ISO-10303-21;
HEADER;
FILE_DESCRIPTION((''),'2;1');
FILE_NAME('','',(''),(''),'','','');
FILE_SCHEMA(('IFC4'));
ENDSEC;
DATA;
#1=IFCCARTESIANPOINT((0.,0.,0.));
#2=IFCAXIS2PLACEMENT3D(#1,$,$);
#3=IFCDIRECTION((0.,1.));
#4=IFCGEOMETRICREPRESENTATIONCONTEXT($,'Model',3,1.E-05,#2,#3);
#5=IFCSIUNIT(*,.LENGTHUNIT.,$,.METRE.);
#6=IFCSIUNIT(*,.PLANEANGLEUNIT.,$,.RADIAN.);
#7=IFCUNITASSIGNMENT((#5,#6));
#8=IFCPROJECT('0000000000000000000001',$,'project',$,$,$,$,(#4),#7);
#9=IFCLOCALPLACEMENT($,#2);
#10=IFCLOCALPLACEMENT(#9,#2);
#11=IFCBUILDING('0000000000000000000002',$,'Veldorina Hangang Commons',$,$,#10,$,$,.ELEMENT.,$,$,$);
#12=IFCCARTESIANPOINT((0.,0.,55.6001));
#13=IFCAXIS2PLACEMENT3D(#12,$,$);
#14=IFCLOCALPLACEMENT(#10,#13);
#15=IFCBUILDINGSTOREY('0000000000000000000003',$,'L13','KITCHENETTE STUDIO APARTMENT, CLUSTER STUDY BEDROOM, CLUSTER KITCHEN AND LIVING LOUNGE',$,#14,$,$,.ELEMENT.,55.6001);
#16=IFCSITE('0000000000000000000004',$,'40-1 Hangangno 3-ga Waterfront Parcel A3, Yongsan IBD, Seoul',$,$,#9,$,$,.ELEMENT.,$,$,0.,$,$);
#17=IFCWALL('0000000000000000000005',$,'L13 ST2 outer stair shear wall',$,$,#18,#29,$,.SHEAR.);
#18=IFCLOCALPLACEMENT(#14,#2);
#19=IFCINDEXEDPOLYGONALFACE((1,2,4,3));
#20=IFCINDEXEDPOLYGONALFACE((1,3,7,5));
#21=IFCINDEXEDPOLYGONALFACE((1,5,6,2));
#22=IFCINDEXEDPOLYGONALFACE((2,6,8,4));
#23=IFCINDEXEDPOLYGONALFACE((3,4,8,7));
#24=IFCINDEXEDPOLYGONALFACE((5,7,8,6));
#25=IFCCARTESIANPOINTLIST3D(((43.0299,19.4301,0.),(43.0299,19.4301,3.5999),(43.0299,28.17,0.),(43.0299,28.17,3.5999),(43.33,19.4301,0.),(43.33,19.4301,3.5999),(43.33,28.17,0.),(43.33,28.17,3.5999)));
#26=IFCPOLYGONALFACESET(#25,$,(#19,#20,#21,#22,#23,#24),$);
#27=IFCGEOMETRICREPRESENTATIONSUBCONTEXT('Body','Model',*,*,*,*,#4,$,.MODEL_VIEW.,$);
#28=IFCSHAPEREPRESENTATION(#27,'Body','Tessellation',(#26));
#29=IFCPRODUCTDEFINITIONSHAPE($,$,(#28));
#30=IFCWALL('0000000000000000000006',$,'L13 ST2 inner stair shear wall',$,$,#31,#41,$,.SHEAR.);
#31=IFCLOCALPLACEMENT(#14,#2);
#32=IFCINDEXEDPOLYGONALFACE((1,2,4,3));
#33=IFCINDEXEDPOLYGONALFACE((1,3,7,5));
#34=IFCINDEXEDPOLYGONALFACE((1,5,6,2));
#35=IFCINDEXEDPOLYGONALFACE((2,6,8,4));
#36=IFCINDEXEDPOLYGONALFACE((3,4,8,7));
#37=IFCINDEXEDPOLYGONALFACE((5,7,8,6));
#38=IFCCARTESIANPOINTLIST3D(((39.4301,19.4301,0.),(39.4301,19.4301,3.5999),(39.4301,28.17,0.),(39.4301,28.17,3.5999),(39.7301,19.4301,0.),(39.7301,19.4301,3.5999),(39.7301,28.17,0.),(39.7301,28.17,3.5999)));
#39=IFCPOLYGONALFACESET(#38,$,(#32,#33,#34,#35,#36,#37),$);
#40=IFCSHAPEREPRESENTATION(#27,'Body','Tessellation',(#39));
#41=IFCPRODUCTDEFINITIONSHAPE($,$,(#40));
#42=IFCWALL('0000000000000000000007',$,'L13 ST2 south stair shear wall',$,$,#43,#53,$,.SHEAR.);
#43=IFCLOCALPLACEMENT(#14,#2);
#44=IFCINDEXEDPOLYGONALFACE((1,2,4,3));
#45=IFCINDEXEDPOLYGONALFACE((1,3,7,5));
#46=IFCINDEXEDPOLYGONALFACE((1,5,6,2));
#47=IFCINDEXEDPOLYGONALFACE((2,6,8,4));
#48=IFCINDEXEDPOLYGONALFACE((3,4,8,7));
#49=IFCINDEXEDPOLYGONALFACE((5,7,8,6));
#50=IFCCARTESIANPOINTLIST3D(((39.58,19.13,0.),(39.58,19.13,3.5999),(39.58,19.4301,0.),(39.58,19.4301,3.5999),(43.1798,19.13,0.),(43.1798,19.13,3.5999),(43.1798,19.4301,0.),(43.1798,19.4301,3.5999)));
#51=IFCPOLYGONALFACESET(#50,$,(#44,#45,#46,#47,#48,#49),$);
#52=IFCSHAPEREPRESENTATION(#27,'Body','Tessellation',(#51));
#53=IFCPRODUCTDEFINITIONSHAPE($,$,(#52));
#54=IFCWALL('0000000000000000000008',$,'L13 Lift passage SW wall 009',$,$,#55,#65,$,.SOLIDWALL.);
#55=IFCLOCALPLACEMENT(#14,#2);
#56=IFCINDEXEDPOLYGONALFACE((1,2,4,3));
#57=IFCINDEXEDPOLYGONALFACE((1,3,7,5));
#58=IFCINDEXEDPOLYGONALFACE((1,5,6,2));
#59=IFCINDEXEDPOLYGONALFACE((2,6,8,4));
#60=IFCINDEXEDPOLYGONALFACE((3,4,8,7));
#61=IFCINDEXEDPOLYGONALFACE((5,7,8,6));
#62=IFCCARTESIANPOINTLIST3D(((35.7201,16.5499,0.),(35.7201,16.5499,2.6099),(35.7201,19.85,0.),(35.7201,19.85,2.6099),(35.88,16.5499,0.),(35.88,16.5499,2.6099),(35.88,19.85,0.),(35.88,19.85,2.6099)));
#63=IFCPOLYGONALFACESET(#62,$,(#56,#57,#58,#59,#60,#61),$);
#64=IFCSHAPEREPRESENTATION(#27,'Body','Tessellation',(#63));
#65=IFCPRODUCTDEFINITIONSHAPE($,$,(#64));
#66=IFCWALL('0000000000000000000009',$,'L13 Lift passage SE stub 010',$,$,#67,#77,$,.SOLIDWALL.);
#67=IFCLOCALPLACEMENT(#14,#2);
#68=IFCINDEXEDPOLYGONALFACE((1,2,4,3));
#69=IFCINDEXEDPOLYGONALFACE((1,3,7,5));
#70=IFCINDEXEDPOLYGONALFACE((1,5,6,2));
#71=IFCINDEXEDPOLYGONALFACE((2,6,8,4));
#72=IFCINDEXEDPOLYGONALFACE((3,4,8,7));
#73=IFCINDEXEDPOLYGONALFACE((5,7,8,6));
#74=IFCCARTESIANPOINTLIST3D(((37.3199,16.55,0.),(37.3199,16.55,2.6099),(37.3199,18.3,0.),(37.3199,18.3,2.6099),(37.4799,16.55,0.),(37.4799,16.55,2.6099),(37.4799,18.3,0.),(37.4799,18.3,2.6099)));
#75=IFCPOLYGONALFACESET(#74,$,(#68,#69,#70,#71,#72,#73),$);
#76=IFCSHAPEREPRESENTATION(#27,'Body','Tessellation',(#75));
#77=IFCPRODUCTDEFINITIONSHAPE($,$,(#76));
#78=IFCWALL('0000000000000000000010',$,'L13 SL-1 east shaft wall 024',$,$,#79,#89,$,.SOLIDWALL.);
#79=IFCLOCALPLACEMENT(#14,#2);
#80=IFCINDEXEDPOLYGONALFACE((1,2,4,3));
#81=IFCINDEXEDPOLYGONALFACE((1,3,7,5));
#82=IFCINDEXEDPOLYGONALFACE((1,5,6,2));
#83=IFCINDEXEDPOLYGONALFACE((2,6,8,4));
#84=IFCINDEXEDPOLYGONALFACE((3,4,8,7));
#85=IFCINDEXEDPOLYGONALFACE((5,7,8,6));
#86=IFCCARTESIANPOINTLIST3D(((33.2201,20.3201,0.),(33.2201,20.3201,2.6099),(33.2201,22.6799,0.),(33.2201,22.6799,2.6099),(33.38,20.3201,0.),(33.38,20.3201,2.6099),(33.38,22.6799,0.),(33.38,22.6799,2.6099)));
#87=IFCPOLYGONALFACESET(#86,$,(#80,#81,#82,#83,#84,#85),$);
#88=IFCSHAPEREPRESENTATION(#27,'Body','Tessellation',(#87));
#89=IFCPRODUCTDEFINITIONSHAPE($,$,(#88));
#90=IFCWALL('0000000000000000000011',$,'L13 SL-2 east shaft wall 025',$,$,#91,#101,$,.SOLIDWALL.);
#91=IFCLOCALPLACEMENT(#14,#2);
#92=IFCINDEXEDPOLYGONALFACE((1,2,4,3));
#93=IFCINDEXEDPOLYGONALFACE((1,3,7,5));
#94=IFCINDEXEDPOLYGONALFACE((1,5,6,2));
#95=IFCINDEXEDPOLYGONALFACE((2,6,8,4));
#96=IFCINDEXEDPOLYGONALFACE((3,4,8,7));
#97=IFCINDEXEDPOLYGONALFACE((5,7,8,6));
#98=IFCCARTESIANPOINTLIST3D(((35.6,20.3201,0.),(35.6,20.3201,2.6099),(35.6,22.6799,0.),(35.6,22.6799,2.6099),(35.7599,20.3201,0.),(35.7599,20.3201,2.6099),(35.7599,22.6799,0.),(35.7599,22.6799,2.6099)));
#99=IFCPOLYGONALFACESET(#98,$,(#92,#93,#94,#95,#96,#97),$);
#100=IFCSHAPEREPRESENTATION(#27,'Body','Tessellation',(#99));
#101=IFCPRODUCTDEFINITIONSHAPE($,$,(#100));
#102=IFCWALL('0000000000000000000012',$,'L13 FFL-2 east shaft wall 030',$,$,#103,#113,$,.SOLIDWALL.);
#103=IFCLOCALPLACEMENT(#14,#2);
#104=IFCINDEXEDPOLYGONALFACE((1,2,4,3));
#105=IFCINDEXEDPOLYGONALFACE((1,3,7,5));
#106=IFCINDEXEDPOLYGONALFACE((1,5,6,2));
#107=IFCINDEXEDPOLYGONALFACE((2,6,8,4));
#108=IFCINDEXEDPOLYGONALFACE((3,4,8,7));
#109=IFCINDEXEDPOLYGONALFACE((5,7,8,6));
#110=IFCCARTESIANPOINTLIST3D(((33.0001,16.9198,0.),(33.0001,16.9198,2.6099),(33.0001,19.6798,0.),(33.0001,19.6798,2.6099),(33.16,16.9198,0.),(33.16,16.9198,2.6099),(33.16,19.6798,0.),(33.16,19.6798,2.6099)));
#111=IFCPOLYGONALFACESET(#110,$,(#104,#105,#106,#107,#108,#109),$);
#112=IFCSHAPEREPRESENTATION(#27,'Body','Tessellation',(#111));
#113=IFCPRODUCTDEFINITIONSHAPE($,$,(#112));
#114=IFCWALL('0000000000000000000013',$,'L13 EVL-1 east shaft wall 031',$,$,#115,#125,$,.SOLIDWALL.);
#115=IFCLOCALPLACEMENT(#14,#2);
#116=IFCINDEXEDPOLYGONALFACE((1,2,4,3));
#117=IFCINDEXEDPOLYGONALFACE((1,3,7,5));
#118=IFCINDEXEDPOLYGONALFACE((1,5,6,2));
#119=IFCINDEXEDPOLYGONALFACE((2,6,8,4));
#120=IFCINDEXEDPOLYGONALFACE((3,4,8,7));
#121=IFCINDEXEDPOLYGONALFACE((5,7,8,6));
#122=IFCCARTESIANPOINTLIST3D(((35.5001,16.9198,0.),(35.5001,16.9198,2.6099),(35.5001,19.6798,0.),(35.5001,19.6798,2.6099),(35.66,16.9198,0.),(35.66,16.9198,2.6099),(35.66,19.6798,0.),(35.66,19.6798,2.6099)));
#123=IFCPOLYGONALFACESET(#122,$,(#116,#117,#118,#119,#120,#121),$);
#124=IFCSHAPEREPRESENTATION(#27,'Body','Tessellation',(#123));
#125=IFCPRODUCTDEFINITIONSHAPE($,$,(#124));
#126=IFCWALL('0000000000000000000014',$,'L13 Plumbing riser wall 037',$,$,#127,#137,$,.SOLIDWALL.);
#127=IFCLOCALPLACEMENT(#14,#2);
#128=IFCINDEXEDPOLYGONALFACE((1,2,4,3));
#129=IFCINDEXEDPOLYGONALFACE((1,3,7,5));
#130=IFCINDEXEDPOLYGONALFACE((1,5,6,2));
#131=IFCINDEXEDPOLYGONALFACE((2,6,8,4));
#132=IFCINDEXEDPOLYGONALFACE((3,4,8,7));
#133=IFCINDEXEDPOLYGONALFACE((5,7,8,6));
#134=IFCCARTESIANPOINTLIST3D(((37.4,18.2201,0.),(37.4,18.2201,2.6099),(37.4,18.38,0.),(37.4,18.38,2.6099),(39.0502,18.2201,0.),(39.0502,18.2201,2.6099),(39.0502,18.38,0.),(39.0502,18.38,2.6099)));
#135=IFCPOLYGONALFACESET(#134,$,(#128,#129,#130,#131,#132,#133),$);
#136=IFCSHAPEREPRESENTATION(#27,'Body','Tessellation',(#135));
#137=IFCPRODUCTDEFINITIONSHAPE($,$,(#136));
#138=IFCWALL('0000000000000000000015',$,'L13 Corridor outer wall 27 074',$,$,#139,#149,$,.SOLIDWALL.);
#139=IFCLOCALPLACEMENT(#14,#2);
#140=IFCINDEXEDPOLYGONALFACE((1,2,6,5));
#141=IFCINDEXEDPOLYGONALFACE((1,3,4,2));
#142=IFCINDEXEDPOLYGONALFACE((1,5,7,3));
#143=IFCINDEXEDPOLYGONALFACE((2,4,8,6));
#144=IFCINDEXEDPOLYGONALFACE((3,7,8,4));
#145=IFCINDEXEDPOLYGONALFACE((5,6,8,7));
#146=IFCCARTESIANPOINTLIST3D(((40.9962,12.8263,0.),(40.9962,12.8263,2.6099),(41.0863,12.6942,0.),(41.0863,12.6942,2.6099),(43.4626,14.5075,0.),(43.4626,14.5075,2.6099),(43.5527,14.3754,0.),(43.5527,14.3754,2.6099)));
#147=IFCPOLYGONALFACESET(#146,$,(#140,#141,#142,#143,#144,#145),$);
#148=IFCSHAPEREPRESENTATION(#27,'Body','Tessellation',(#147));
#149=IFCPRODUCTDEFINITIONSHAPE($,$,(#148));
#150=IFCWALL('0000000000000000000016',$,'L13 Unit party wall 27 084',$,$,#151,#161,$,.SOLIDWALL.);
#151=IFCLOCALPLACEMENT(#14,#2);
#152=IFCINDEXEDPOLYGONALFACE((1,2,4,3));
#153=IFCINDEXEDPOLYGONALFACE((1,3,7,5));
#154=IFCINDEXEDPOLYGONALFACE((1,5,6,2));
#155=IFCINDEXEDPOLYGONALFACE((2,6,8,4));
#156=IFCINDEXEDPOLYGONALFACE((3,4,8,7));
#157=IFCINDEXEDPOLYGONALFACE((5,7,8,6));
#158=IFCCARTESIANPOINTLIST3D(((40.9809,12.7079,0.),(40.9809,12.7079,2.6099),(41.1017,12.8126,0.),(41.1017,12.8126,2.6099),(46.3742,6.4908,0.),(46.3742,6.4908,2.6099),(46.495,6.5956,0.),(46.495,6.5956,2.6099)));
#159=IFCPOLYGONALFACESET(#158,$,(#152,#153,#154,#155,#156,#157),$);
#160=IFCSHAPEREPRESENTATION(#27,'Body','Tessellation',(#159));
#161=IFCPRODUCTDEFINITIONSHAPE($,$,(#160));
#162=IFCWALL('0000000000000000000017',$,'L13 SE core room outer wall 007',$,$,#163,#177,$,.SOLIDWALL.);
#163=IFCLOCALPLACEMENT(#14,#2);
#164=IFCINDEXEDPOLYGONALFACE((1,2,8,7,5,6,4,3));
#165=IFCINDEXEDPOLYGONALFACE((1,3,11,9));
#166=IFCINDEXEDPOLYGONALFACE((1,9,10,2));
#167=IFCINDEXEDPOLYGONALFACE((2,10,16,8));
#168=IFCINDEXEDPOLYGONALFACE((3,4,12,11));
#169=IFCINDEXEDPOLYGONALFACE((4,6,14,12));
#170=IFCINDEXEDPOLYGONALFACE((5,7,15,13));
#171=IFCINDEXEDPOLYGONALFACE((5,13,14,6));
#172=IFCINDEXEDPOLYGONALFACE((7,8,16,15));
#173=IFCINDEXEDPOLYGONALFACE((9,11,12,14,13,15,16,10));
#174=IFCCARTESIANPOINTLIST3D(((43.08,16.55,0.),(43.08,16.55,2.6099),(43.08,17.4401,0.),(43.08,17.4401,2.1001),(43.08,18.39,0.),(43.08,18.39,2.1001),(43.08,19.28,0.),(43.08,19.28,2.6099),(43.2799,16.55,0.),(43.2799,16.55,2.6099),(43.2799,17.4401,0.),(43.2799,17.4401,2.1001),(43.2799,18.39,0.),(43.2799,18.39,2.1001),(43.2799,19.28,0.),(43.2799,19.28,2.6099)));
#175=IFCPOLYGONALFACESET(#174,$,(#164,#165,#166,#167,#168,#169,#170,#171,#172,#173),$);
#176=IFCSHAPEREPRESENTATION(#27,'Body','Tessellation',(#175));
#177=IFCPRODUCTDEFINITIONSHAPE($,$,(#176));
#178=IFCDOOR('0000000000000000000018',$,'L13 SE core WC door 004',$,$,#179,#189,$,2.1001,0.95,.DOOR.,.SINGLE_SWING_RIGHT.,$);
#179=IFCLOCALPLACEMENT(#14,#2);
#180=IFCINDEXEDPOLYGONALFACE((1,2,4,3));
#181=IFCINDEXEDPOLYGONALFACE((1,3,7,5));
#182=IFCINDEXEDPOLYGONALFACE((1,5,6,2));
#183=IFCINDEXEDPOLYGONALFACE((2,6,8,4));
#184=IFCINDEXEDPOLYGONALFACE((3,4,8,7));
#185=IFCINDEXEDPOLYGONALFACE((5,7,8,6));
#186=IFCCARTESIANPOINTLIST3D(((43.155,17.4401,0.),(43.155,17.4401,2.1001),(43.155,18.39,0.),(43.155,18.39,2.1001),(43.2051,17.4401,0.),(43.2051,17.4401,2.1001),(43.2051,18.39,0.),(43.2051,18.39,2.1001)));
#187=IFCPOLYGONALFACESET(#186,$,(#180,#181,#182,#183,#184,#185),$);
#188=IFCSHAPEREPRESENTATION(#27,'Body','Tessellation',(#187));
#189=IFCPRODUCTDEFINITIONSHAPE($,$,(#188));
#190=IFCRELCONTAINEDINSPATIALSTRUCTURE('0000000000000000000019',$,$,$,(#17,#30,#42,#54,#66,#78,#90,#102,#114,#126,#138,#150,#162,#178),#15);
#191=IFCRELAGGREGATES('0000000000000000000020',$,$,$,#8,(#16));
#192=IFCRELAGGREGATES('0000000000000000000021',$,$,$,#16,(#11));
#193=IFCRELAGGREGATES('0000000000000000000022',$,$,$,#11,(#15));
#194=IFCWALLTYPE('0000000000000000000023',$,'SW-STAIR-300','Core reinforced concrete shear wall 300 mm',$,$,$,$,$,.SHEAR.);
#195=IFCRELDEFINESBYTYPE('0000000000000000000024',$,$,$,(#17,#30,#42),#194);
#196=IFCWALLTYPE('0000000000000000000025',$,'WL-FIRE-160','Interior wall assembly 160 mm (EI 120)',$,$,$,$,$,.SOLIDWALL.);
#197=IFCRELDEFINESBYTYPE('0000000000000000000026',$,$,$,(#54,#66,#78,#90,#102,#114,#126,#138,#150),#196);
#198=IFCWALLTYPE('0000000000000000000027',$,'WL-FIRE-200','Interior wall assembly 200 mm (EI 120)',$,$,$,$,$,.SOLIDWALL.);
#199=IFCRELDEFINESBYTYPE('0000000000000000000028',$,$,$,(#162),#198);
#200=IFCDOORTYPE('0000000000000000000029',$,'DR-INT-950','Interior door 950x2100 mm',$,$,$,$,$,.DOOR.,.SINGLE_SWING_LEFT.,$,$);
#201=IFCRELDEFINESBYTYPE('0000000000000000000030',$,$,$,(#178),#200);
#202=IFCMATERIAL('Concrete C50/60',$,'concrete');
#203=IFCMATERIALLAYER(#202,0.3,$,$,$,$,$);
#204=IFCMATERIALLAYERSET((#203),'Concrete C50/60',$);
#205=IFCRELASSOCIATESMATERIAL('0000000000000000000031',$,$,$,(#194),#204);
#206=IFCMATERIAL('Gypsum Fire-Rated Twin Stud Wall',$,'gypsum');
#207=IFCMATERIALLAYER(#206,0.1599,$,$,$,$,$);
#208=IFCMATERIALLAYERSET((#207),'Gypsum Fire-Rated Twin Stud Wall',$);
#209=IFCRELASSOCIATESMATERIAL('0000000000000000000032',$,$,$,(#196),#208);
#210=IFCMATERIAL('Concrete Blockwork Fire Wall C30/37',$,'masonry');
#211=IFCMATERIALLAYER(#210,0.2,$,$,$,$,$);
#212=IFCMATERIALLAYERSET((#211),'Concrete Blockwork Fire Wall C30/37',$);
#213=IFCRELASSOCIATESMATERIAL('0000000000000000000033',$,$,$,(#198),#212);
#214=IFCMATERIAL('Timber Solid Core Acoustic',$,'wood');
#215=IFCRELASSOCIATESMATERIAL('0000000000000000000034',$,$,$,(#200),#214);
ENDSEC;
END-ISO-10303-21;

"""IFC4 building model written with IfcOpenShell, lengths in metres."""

from ifc_helpers import new_model, si_unit, direction, frame, frame_2d, origin, place, context, subcontext, project, spatial, rectangle, extrude, material, layer, layer_set, type_object, element, fill, save


model = new_model("IFC4")

# Units and contexts
model_context = context("Model", 3, precision=1e-05, world=origin(), true_north=direction((0.0, 1.0)))
body_context = subcontext(model_context, "Body", "Model", "MODEL_VIEW")
ifc_project = project(units=[si_unit("LENGTHUNIT", "METRE"), si_unit("PLANEANGLEUNIT", "RADIAN")], contexts=[model_context])

# Site, building, storey
site_placement = place(None, origin())
site = spatial("IfcSite", under=ifc_project, at=site_placement, Name="40-1 Hangangno 3-ga Waterfront Parcel A3, Yongsan IBD, Seoul", CompositionType="ELEMENT", RefElevation=0.0)
building_placement = place(site_placement, origin())
building = spatial("IfcBuilding", under=site, at=building_placement, Name="Veldorina Hangang Commons", CompositionType="ELEMENT")
storey_placement = place(building_placement, frame((0.0, 0.0, 55.6001)))
storey = spatial("IfcBuildingStorey", under=building, at=storey_placement, Name="L13", Description="KITCHENETTE STUDIO APARTMENT, CLUSTER STUDY BEDROOM, CLUSTER KITCHEN AND LIVING LOUNGE", CompositionType="ELEMENT", Elevation=55.6001)

# Walls
ifc_material_1 = material(Name="Concrete C50/60", Category="concrete")
ifc_layer_1 = layer(ifc_material_1, 0.3)
ifc_layer_set_1 = layer_set([ifc_layer_1], Name="Concrete C50/60")
wall_type_1 = type_object("IfcWallType", Name="SW-STAIR-300", Description="Core reinforced concrete shear wall 300 mm", PredefinedType="SHEAR", material=ifc_layer_set_1)
for number, where, z_axis, x_axis, name in (
    (1, (43.1799, 19.4299, 0.0), (0.0, 0.0, 1.0), (0.0, 1.0, 0.0), "L13 ST2 outer stair shear wall"),
    (2, (39.5801, 19.4299, 0.0), (0.0, 0.0, 1.0), (0.0, 1.0, 0.0), "L13 ST2 inner stair shear wall"),
):
    element("IfcWall", number, at=place(storey_placement, frame(where, z_axis=z_axis, x_axis=x_axis)), inside=storey, type_object=wall_type_1, Name=name, PredefinedType="SHEAR", context=body_context, shape_type="SweptSolid", body=[
        extrude(rectangle(XDim=8.74, YDim=0.3, at=frame_2d((4.3701, 0.0))), origin(), (0.0, 0.0, 1.0), 3.5999),
    ])
wall_1_placement = place(storey_placement, frame((39.5801, 19.28, 0.0), z_axis=(0.0, 0.0, 1.0), x_axis=(1.0, 0.0, 0.0)))
element("IfcWall", 3, at=wall_1_placement, inside=storey, type_object=wall_type_1, Name="L13 ST2 south stair shear wall", PredefinedType="SHEAR", context=body_context, shape_type="SweptSolid", body=[
    extrude(rectangle(XDim=3.5999, YDim=0.3, at=frame_2d((1.7998, 0.0))), origin(), (0.0, 0.0, 1.0), 3.5999),
])
ifc_material_2 = material(Name="Gypsum Fire-Rated Twin Stud Wall", Category="gypsum")
ifc_layer_2 = layer(ifc_material_2, 0.1599)
ifc_layer_set_2 = layer_set([ifc_layer_2], Name="Gypsum Fire-Rated Twin Stud Wall")
wall_type_2 = type_object("IfcWallType", Name="WL-FIRE-160", Description="Interior wall assembly 160 mm (EI 120)", PredefinedType="SOLIDWALL", material=ifc_layer_set_2)
wall_2_placement = place(storey_placement, frame((35.8, 16.55, 0.0), z_axis=(0.0, 0.0, 1.0), x_axis=(0.0, 1.0, 0.0)))
element("IfcWall", 4, at=wall_2_placement, inside=storey, type_object=wall_type_2, Name="L13 Lift passage SW wall 009", PredefinedType="SOLIDWALL", context=body_context, shape_type="SweptSolid", body=[
    extrude(rectangle(XDim=3.3, YDim=0.1599, at=frame_2d((1.6499, 0.0))), origin(), (0.0, 0.0, 1.0), 2.6099),
])
wall_3_placement = place(storey_placement, frame((37.3999, 16.55, 0.0), z_axis=(0.0, 0.0, 1.0), x_axis=(0.0, 1.0, 0.0)))
element("IfcWall", 5, at=wall_3_placement, inside=storey, type_object=wall_type_2, Name="L13 Lift passage SE stub 010", PredefinedType="SOLIDWALL", context=body_context, shape_type="SweptSolid", body=[
    extrude(rectangle(XDim=1.75, YDim=0.1599, at=frame_2d((0.875, 0.0))), origin(), (0.0, 0.0, 1.0), 2.6099),
])
for number, where, z_axis, x_axis, name in (
    (6, (33.3, 20.3201, 0.0), (0.0, 0.0, 1.0), (0.0, 1.0, 0.0), "L13 SL-1 east shaft wall 024"),
    (7, (35.6799, 20.3201, 0.0), (0.0, 0.0, 1.0), (0.0, 1.0, 0.0), "L13 SL-2 east shaft wall 025"),
):
    element("IfcWall", number, at=place(storey_placement, frame(where, z_axis=z_axis, x_axis=x_axis)), inside=storey, type_object=wall_type_2, Name=name, PredefinedType="SOLIDWALL", context=body_context, shape_type="SweptSolid", body=[
        extrude(rectangle(XDim=2.3599, YDim=0.1599, at=frame_2d((1.1799, 0.0))), origin(), (0.0, 0.0, 1.0), 2.6099),
    ])
for number, where, z_axis, x_axis, name in (
    (8, (33.0801, 16.9199, 0.0), (0.0, 0.0, 1.0), (0.0, 1.0, 0.0), "L13 FFL-2 east shaft wall 030"),
    (9, (35.5801, 16.9199, 0.0), (0.0, 0.0, 1.0), (0.0, 1.0, 0.0), "L13 EVL-1 east shaft wall 031"),
):
    element("IfcWall", number, at=place(storey_placement, frame(where, z_axis=z_axis, x_axis=x_axis)), inside=storey, type_object=wall_type_2, Name=name, PredefinedType="SOLIDWALL", context=body_context, shape_type="SweptSolid", body=[
        extrude(rectangle(XDim=2.76, YDim=0.1599, at=frame_2d((1.3799, 0.0))), origin(), (0.0, 0.0, 1.0), 2.6099),
    ])
wall_4_placement = place(storey_placement, frame((37.3999, 18.3, 0.0), z_axis=(0.0, 0.0, 1.0), x_axis=(1.0, 0.0, 0.0)))
element("IfcWall", 10, at=wall_4_placement, inside=storey, type_object=wall_type_2, Name="L13 Plumbing riser wall 037", PredefinedType="SOLIDWALL", context=body_context, shape_type="SweptSolid", body=[
    extrude(rectangle(XDim=1.6501, YDim=0.1599, at=frame_2d((0.8252, 0.0))), origin(), (0.0, 0.0, 1.0), 2.6099),
])
wall_5_placement = place(storey_placement, frame((41.0413, 12.7603, 0.0), z_axis=(0.0, 0.0, 1.0), x_axis=(0.826293, 0.56324, 0.0)))
element("IfcWall", 11, at=wall_5_placement, inside=storey, type_object=wall_type_2, Name="L13 Corridor outer wall 27 074", PredefinedType="SOLIDWALL", context=body_context, shape_type="SweptSolid", body=[
    extrude(rectangle(XDim=2.9849, YDim=0.1599, at=frame_2d((1.4924, 0.0))), origin(), (0.0, 0.0, 1.0), 2.6099),
])
wall_6_placement = place(storey_placement, frame((41.0413, 12.7603, 0.0), z_axis=(0.0, 0.0, 1.0), x_axis=(0.655292, -0.755376, 0.0)))
element("IfcWall", 12, at=wall_6_placement, inside=storey, type_object=wall_type_2, Name="L13 Unit party wall 27 084", PredefinedType="SOLIDWALL", context=body_context, shape_type="SweptSolid", body=[
    extrude(rectangle(XDim=8.2305, YDim=0.1599, at=frame_2d((4.1152, 0.0))), origin(), (0.0, 0.0, 1.0), 2.6099),
])

# Wall, opening, door
ifc_material_3 = material(Name="Concrete Blockwork Fire Wall C30/37", Category="masonry")
ifc_layer_3 = layer(ifc_material_3, 0.2)
ifc_layer_set_3 = layer_set([ifc_layer_3], Name="Concrete Blockwork Fire Wall C30/37")
wall_type_3 = type_object("IfcWallType", Name="WL-FIRE-200", Description="Interior wall assembly 200 mm (EI 120)", PredefinedType="SOLIDWALL", material=ifc_layer_set_3)
wall_7_placement = place(storey_placement, frame((43.1799, 16.55, 0.0), z_axis=(0.0, 0.0, 1.0), x_axis=(0.0, 1.0, 0.0)))
wall_7 = element("IfcWall", 13, at=wall_7_placement, inside=storey, type_object=wall_type_3, Name="L13 SE core room outer wall 007", PredefinedType="SOLIDWALL", context=body_context, shape_type="SweptSolid", body=[
    extrude(rectangle(XDim=2.73, YDim=0.2, at=frame_2d((1.365, 0.0))), origin(), (0.0, 0.0, 1.0), 2.6099),
])
opening_1_placement = place(wall_7_placement, frame((0.8899, 0.0, 0.0)))
opening_1 = element("IfcOpeningElement", 14, at=opening_1_placement, cuts=wall_7, PredefinedType="OPENING", context=body_context, shape_type="SweptSolid", body=[
    extrude(rectangle(XDim=0.95, YDim=2.1001, at=frame_2d((0.4751, 1.05))), frame((0.0, 0.1099, 0.0), z_axis=(0.0, -1.0, 0.0), x_axis=(1.0, 0.0, 0.0)), (0.0, 0.0, 1.0), 0.22),
])
ifc_material_4 = material(Name="Timber Solid Core Acoustic", Category="wood")
door_type_1 = type_object("IfcDoorType", Name="DR-INT-950", Description="Interior door 950x2100 mm", OperationType="SINGLE_SWING_LEFT", PredefinedType="DOOR", material=ifc_material_4)
door_1_placement = place(opening_1_placement, origin())
door_1 = element("IfcDoor", 15, at=door_1_placement, inside=storey, type_object=door_type_1, Name="L13 SE core WC door 004", OperationType="SINGLE_SWING_RIGHT", OverallHeight=2.1001, OverallWidth=0.95, PredefinedType="DOOR", context=body_context, shape_type="SweptSolid", body=[
    extrude(rectangle(XDim=0.95, YDim=2.1001, at=frame_2d((0.4751, 1.05))), frame((0.0, 0.0249, 0.0), z_axis=(0.0, -1.0, 0.0), x_axis=(1.0, 0.0, 0.0)), (0.0, 0.0, 1.0), 0.05),
])
fill(opening_1, door_1)

save(model, "model.ifc")
